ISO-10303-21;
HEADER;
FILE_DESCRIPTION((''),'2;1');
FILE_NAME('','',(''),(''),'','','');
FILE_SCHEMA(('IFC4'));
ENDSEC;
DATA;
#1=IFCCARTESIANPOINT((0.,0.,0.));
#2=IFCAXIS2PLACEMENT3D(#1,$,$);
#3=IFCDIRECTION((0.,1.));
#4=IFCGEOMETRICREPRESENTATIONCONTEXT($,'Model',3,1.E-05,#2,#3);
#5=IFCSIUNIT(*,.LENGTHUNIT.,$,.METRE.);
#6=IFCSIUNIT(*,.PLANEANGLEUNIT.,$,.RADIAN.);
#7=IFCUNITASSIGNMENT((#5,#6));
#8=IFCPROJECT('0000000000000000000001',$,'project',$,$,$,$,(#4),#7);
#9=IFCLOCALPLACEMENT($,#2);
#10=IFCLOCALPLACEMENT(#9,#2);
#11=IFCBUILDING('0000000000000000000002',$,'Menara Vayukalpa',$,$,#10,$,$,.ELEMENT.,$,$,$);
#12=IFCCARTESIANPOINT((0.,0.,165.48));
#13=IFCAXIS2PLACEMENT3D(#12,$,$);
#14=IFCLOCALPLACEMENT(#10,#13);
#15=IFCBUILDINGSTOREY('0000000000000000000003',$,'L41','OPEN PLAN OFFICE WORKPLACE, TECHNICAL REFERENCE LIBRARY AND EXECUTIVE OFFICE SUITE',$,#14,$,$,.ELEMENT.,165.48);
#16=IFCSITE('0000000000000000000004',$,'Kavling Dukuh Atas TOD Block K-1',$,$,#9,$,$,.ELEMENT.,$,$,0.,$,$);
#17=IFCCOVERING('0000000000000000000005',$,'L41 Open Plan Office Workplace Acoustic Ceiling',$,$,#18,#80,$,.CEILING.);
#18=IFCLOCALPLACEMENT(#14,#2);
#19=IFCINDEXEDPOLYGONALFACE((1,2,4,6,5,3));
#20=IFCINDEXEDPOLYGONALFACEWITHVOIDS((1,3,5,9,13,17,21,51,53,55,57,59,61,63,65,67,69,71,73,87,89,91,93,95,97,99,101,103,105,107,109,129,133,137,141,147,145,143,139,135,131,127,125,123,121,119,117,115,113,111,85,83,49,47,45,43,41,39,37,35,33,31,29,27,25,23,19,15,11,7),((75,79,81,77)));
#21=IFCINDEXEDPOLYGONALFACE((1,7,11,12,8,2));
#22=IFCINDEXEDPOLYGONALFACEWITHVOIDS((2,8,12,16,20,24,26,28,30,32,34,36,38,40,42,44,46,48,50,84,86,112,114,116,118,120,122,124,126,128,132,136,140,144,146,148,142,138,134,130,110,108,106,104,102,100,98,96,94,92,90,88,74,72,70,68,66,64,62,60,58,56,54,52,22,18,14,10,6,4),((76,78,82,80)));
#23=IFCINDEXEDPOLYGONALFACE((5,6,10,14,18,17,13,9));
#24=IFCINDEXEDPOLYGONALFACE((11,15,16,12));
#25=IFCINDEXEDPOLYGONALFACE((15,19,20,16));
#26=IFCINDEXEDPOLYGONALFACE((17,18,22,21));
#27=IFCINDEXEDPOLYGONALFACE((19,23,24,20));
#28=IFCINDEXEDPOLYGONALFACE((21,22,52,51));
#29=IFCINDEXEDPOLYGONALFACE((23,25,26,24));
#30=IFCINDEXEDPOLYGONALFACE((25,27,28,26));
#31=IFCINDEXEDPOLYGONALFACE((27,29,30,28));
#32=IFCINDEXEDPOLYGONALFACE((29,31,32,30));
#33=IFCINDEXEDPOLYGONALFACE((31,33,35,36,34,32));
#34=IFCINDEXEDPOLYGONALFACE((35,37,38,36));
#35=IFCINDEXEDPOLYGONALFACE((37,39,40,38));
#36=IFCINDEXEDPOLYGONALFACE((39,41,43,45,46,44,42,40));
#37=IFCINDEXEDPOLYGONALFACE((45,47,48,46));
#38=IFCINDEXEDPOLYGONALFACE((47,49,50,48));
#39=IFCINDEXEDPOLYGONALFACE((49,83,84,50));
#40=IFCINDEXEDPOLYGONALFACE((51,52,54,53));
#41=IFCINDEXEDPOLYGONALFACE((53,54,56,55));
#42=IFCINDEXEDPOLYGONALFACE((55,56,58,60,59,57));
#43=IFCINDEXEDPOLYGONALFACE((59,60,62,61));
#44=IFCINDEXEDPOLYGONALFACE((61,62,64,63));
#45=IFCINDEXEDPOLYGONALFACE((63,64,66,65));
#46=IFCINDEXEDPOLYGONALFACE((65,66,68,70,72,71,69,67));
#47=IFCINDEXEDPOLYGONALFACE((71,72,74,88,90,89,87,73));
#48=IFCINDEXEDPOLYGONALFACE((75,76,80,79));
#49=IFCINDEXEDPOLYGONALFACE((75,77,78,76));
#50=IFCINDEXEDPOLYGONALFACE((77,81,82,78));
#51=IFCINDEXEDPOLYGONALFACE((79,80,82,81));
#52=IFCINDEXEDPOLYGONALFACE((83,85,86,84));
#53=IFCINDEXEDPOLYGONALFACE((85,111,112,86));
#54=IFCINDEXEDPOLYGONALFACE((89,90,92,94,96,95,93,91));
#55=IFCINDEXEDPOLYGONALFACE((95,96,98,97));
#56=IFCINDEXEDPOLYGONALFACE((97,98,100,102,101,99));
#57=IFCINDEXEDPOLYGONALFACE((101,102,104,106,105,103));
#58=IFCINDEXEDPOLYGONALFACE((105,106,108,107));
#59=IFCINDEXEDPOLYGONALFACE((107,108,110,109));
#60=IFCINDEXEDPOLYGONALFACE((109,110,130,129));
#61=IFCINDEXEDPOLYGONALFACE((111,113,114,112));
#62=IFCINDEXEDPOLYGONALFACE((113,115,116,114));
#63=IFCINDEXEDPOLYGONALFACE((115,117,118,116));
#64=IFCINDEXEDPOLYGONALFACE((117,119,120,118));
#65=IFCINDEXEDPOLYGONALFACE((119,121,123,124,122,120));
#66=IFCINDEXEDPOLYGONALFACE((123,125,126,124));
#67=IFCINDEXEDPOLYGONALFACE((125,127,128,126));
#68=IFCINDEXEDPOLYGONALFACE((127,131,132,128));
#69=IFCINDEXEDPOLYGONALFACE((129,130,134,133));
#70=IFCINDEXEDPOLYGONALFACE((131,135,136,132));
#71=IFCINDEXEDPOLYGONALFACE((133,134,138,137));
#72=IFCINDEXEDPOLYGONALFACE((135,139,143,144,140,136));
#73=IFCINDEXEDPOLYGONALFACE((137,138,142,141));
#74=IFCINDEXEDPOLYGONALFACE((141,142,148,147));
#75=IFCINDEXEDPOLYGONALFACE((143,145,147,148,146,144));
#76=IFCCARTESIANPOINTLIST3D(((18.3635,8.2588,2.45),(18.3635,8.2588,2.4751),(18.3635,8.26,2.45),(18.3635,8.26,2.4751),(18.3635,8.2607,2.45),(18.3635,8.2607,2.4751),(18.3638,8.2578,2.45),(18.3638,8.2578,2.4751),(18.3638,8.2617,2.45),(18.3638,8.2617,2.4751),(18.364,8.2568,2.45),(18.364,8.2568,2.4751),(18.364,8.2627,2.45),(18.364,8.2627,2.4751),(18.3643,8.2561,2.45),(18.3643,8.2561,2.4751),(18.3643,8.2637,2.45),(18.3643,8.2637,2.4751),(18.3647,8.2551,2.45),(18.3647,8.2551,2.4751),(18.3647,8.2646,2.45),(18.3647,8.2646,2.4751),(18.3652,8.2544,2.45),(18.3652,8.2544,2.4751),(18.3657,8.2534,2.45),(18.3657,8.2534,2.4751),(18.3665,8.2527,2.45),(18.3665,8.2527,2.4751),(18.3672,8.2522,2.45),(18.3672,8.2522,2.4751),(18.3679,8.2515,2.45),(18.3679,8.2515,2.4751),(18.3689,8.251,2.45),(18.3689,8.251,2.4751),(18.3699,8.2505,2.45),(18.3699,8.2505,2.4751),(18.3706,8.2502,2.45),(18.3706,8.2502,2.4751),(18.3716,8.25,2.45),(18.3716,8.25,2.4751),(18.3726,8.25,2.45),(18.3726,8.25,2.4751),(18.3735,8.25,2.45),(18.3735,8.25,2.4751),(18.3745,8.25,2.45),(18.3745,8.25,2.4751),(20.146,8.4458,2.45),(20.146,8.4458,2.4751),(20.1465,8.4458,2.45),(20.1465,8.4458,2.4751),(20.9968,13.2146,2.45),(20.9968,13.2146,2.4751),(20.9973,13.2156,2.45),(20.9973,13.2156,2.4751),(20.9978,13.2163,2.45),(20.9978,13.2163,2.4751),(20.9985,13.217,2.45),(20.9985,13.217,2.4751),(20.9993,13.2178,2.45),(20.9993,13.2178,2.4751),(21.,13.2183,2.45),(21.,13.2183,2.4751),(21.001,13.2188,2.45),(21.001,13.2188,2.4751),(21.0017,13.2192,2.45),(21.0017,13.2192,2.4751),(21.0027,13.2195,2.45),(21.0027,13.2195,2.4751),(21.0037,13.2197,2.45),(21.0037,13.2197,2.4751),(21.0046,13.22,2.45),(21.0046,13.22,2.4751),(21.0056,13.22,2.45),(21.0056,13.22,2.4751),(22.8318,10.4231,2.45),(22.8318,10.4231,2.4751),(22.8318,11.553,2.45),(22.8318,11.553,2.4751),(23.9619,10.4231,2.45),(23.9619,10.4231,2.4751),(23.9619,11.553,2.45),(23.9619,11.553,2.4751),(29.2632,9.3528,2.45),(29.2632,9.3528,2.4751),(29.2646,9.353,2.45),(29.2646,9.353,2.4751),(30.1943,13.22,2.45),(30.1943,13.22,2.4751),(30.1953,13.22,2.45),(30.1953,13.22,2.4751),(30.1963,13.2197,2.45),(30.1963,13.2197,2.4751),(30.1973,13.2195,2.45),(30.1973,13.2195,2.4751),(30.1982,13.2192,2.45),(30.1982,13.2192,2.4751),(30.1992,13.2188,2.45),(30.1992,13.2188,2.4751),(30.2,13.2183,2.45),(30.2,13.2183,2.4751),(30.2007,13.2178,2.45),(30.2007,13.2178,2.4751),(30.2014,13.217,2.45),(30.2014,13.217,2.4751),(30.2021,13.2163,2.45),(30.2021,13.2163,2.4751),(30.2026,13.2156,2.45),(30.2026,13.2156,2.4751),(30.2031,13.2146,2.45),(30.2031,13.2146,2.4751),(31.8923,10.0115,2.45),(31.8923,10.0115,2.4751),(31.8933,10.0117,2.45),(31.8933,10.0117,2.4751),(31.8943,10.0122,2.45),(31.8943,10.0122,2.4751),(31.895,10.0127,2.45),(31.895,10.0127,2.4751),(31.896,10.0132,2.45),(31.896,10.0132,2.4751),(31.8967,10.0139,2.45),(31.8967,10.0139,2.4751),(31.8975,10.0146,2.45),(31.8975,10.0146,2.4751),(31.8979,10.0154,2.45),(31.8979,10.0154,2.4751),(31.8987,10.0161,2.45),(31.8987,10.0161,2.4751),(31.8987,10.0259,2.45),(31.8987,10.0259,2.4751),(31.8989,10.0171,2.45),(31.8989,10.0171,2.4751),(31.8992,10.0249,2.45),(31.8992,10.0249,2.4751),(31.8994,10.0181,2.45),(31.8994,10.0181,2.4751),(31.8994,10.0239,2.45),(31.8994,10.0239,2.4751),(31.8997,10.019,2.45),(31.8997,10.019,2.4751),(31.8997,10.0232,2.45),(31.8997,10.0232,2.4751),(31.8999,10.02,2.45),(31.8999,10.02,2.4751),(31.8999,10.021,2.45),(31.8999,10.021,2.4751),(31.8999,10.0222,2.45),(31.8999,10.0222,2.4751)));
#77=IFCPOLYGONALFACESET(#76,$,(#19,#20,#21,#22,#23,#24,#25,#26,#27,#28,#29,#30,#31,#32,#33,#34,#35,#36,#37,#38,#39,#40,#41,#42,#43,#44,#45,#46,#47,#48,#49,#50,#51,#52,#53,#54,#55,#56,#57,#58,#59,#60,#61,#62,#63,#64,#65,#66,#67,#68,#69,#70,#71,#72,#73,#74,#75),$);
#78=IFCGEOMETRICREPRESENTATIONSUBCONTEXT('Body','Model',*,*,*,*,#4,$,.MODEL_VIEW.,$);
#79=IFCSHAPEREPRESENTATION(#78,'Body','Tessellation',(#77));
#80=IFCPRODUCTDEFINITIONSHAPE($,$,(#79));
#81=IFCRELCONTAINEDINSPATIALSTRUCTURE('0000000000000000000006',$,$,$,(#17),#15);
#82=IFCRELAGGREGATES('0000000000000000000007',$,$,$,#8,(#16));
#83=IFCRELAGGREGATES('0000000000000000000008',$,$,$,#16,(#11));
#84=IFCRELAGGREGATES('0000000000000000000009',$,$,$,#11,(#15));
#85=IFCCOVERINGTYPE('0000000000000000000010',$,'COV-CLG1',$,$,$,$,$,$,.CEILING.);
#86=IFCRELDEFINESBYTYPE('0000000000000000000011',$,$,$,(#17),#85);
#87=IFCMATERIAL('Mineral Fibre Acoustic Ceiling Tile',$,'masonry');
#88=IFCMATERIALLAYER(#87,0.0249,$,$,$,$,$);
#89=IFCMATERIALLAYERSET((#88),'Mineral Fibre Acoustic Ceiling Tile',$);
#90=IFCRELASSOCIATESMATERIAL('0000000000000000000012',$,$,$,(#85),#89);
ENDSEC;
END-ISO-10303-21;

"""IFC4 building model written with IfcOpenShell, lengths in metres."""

from ifc_helpers import new_model, si_unit, direction, frame, origin, place, context, subcontext, project, spatial, polyline, outline, extrude, material, layer, layer_set, type_object, element, save


model = new_model("IFC4")

# Units and contexts
model_context = context("Model", 3, precision=1e-05, world=origin(), true_north=direction((0.0, 1.0)))
body_context = subcontext(model_context, "Body", "Model", "MODEL_VIEW")
ifc_project = project(units=[si_unit("LENGTHUNIT", "METRE"), si_unit("PLANEANGLEUNIT", "RADIAN")], contexts=[model_context])

# Site, building, storey
site_placement = place(None, origin())
site = spatial("IfcSite", under=ifc_project, at=site_placement, Name="Kavling Dukuh Atas TOD Block K-1", CompositionType="ELEMENT", RefElevation=0.0)
building_placement = place(site_placement, origin())
building = spatial("IfcBuilding", under=site, at=building_placement, Name="Menara Vayukalpa", CompositionType="ELEMENT")
storey_placement = place(building_placement, frame((0.0, 0.0, 165.48)))
storey = spatial("IfcBuildingStorey", under=building, at=storey_placement, Name="L41", Description="OPEN PLAN OFFICE WORKPLACE, TECHNICAL REFERENCE LIBRARY AND EXECUTIVE OFFICE SUITE", CompositionType="ELEMENT", Elevation=165.48)

# Covering
ifc_material_1 = material(Name="Mineral Fibre Acoustic Ceiling Tile", Category="masonry")
ifc_layer_1 = layer(ifc_material_1, 0.0249)
ifc_layer_set_1 = layer_set([ifc_layer_1], Name="Mineral Fibre Acoustic Ceiling Tile")
covering_type_1 = type_object("IfcCoveringType", Name="COV-CLG1", PredefinedType="CEILING", material=ifc_layer_set_1)
covering_1_placement = place(storey_placement, frame((0.0, 0.0, 2.45)))
element("IfcCovering", 1, at=covering_1_placement, inside=storey, type_object=covering_type_1, Name="L41 Open Plan Office Workplace Acoustic Ceiling", PredefinedType="CEILING", context=body_context, shape_type="SweptSolid", body=[
    extrude(outline(polyline([(18.3735, 8.25), (18.3726, 8.25), (18.3716, 8.25), (18.3706, 8.2502), (18.3699, 8.2505), (18.3689, 8.251), (18.3679, 8.2515), (18.3672, 8.2522), (18.3665, 8.2527), (18.3657, 8.2534), (18.3652, 8.2544), (18.3647, 8.2551), (18.3643, 8.2561), (18.364, 8.2568), (18.3638, 8.2578), (18.3635, 8.2588), (18.3635, 8.26), (18.3635, 8.2607), (18.3638, 8.2617), (18.364, 8.2627), (18.3643, 8.2637), (18.3647, 8.2646), (20.9968, 13.2146), (20.9973, 13.2156), (20.9978, 13.2163), (20.9985, 13.217), (20.9993, 13.2178), (21.0, 13.2183), (21.001, 13.2188), (21.0017, 13.2192), (21.0027, 13.2195), (21.0037, 13.2197), (21.0046, 13.22), (21.0056, 13.22), (30.1943, 13.22), (30.1953, 13.22), (30.1963, 13.2197), (30.1973, 13.2195), (30.1982, 13.2192), (30.1992, 13.2188), (30.2, 13.2183), (30.2007, 13.2178), (30.2014, 13.217), (30.2021, 13.2163), (30.2026, 13.2156), (30.2031, 13.2146), (31.8987, 10.0259), (31.8992, 10.0249), (31.8994, 10.0239), (31.8997, 10.0232), (31.8999, 10.0222), (31.8999, 10.021), (31.8999, 10.02), (31.8997, 10.019), (31.8994, 10.0181), (31.8989, 10.0171), (31.8987, 10.0161), (31.8979, 10.0154), (31.8975, 10.0146), (31.8967, 10.0139), (31.896, 10.0132), (31.895, 10.0127), (31.8943, 10.0122), (31.8933, 10.0117), (31.8923, 10.0115), (29.2646, 9.353), (29.2632, 9.3528), (20.1465, 8.4458), (20.146, 8.4458), (18.3745, 8.25), (18.3735, 8.25)]), holes=[polyline([(23.9619, 11.553), (22.8318, 11.553), (22.8318, 10.4231), (23.9619, 10.4231), (23.9619, 11.553)])]), origin(), (0.0, 0.0, 1.0), 0.0251),
])

save(model, "model.ifc")
